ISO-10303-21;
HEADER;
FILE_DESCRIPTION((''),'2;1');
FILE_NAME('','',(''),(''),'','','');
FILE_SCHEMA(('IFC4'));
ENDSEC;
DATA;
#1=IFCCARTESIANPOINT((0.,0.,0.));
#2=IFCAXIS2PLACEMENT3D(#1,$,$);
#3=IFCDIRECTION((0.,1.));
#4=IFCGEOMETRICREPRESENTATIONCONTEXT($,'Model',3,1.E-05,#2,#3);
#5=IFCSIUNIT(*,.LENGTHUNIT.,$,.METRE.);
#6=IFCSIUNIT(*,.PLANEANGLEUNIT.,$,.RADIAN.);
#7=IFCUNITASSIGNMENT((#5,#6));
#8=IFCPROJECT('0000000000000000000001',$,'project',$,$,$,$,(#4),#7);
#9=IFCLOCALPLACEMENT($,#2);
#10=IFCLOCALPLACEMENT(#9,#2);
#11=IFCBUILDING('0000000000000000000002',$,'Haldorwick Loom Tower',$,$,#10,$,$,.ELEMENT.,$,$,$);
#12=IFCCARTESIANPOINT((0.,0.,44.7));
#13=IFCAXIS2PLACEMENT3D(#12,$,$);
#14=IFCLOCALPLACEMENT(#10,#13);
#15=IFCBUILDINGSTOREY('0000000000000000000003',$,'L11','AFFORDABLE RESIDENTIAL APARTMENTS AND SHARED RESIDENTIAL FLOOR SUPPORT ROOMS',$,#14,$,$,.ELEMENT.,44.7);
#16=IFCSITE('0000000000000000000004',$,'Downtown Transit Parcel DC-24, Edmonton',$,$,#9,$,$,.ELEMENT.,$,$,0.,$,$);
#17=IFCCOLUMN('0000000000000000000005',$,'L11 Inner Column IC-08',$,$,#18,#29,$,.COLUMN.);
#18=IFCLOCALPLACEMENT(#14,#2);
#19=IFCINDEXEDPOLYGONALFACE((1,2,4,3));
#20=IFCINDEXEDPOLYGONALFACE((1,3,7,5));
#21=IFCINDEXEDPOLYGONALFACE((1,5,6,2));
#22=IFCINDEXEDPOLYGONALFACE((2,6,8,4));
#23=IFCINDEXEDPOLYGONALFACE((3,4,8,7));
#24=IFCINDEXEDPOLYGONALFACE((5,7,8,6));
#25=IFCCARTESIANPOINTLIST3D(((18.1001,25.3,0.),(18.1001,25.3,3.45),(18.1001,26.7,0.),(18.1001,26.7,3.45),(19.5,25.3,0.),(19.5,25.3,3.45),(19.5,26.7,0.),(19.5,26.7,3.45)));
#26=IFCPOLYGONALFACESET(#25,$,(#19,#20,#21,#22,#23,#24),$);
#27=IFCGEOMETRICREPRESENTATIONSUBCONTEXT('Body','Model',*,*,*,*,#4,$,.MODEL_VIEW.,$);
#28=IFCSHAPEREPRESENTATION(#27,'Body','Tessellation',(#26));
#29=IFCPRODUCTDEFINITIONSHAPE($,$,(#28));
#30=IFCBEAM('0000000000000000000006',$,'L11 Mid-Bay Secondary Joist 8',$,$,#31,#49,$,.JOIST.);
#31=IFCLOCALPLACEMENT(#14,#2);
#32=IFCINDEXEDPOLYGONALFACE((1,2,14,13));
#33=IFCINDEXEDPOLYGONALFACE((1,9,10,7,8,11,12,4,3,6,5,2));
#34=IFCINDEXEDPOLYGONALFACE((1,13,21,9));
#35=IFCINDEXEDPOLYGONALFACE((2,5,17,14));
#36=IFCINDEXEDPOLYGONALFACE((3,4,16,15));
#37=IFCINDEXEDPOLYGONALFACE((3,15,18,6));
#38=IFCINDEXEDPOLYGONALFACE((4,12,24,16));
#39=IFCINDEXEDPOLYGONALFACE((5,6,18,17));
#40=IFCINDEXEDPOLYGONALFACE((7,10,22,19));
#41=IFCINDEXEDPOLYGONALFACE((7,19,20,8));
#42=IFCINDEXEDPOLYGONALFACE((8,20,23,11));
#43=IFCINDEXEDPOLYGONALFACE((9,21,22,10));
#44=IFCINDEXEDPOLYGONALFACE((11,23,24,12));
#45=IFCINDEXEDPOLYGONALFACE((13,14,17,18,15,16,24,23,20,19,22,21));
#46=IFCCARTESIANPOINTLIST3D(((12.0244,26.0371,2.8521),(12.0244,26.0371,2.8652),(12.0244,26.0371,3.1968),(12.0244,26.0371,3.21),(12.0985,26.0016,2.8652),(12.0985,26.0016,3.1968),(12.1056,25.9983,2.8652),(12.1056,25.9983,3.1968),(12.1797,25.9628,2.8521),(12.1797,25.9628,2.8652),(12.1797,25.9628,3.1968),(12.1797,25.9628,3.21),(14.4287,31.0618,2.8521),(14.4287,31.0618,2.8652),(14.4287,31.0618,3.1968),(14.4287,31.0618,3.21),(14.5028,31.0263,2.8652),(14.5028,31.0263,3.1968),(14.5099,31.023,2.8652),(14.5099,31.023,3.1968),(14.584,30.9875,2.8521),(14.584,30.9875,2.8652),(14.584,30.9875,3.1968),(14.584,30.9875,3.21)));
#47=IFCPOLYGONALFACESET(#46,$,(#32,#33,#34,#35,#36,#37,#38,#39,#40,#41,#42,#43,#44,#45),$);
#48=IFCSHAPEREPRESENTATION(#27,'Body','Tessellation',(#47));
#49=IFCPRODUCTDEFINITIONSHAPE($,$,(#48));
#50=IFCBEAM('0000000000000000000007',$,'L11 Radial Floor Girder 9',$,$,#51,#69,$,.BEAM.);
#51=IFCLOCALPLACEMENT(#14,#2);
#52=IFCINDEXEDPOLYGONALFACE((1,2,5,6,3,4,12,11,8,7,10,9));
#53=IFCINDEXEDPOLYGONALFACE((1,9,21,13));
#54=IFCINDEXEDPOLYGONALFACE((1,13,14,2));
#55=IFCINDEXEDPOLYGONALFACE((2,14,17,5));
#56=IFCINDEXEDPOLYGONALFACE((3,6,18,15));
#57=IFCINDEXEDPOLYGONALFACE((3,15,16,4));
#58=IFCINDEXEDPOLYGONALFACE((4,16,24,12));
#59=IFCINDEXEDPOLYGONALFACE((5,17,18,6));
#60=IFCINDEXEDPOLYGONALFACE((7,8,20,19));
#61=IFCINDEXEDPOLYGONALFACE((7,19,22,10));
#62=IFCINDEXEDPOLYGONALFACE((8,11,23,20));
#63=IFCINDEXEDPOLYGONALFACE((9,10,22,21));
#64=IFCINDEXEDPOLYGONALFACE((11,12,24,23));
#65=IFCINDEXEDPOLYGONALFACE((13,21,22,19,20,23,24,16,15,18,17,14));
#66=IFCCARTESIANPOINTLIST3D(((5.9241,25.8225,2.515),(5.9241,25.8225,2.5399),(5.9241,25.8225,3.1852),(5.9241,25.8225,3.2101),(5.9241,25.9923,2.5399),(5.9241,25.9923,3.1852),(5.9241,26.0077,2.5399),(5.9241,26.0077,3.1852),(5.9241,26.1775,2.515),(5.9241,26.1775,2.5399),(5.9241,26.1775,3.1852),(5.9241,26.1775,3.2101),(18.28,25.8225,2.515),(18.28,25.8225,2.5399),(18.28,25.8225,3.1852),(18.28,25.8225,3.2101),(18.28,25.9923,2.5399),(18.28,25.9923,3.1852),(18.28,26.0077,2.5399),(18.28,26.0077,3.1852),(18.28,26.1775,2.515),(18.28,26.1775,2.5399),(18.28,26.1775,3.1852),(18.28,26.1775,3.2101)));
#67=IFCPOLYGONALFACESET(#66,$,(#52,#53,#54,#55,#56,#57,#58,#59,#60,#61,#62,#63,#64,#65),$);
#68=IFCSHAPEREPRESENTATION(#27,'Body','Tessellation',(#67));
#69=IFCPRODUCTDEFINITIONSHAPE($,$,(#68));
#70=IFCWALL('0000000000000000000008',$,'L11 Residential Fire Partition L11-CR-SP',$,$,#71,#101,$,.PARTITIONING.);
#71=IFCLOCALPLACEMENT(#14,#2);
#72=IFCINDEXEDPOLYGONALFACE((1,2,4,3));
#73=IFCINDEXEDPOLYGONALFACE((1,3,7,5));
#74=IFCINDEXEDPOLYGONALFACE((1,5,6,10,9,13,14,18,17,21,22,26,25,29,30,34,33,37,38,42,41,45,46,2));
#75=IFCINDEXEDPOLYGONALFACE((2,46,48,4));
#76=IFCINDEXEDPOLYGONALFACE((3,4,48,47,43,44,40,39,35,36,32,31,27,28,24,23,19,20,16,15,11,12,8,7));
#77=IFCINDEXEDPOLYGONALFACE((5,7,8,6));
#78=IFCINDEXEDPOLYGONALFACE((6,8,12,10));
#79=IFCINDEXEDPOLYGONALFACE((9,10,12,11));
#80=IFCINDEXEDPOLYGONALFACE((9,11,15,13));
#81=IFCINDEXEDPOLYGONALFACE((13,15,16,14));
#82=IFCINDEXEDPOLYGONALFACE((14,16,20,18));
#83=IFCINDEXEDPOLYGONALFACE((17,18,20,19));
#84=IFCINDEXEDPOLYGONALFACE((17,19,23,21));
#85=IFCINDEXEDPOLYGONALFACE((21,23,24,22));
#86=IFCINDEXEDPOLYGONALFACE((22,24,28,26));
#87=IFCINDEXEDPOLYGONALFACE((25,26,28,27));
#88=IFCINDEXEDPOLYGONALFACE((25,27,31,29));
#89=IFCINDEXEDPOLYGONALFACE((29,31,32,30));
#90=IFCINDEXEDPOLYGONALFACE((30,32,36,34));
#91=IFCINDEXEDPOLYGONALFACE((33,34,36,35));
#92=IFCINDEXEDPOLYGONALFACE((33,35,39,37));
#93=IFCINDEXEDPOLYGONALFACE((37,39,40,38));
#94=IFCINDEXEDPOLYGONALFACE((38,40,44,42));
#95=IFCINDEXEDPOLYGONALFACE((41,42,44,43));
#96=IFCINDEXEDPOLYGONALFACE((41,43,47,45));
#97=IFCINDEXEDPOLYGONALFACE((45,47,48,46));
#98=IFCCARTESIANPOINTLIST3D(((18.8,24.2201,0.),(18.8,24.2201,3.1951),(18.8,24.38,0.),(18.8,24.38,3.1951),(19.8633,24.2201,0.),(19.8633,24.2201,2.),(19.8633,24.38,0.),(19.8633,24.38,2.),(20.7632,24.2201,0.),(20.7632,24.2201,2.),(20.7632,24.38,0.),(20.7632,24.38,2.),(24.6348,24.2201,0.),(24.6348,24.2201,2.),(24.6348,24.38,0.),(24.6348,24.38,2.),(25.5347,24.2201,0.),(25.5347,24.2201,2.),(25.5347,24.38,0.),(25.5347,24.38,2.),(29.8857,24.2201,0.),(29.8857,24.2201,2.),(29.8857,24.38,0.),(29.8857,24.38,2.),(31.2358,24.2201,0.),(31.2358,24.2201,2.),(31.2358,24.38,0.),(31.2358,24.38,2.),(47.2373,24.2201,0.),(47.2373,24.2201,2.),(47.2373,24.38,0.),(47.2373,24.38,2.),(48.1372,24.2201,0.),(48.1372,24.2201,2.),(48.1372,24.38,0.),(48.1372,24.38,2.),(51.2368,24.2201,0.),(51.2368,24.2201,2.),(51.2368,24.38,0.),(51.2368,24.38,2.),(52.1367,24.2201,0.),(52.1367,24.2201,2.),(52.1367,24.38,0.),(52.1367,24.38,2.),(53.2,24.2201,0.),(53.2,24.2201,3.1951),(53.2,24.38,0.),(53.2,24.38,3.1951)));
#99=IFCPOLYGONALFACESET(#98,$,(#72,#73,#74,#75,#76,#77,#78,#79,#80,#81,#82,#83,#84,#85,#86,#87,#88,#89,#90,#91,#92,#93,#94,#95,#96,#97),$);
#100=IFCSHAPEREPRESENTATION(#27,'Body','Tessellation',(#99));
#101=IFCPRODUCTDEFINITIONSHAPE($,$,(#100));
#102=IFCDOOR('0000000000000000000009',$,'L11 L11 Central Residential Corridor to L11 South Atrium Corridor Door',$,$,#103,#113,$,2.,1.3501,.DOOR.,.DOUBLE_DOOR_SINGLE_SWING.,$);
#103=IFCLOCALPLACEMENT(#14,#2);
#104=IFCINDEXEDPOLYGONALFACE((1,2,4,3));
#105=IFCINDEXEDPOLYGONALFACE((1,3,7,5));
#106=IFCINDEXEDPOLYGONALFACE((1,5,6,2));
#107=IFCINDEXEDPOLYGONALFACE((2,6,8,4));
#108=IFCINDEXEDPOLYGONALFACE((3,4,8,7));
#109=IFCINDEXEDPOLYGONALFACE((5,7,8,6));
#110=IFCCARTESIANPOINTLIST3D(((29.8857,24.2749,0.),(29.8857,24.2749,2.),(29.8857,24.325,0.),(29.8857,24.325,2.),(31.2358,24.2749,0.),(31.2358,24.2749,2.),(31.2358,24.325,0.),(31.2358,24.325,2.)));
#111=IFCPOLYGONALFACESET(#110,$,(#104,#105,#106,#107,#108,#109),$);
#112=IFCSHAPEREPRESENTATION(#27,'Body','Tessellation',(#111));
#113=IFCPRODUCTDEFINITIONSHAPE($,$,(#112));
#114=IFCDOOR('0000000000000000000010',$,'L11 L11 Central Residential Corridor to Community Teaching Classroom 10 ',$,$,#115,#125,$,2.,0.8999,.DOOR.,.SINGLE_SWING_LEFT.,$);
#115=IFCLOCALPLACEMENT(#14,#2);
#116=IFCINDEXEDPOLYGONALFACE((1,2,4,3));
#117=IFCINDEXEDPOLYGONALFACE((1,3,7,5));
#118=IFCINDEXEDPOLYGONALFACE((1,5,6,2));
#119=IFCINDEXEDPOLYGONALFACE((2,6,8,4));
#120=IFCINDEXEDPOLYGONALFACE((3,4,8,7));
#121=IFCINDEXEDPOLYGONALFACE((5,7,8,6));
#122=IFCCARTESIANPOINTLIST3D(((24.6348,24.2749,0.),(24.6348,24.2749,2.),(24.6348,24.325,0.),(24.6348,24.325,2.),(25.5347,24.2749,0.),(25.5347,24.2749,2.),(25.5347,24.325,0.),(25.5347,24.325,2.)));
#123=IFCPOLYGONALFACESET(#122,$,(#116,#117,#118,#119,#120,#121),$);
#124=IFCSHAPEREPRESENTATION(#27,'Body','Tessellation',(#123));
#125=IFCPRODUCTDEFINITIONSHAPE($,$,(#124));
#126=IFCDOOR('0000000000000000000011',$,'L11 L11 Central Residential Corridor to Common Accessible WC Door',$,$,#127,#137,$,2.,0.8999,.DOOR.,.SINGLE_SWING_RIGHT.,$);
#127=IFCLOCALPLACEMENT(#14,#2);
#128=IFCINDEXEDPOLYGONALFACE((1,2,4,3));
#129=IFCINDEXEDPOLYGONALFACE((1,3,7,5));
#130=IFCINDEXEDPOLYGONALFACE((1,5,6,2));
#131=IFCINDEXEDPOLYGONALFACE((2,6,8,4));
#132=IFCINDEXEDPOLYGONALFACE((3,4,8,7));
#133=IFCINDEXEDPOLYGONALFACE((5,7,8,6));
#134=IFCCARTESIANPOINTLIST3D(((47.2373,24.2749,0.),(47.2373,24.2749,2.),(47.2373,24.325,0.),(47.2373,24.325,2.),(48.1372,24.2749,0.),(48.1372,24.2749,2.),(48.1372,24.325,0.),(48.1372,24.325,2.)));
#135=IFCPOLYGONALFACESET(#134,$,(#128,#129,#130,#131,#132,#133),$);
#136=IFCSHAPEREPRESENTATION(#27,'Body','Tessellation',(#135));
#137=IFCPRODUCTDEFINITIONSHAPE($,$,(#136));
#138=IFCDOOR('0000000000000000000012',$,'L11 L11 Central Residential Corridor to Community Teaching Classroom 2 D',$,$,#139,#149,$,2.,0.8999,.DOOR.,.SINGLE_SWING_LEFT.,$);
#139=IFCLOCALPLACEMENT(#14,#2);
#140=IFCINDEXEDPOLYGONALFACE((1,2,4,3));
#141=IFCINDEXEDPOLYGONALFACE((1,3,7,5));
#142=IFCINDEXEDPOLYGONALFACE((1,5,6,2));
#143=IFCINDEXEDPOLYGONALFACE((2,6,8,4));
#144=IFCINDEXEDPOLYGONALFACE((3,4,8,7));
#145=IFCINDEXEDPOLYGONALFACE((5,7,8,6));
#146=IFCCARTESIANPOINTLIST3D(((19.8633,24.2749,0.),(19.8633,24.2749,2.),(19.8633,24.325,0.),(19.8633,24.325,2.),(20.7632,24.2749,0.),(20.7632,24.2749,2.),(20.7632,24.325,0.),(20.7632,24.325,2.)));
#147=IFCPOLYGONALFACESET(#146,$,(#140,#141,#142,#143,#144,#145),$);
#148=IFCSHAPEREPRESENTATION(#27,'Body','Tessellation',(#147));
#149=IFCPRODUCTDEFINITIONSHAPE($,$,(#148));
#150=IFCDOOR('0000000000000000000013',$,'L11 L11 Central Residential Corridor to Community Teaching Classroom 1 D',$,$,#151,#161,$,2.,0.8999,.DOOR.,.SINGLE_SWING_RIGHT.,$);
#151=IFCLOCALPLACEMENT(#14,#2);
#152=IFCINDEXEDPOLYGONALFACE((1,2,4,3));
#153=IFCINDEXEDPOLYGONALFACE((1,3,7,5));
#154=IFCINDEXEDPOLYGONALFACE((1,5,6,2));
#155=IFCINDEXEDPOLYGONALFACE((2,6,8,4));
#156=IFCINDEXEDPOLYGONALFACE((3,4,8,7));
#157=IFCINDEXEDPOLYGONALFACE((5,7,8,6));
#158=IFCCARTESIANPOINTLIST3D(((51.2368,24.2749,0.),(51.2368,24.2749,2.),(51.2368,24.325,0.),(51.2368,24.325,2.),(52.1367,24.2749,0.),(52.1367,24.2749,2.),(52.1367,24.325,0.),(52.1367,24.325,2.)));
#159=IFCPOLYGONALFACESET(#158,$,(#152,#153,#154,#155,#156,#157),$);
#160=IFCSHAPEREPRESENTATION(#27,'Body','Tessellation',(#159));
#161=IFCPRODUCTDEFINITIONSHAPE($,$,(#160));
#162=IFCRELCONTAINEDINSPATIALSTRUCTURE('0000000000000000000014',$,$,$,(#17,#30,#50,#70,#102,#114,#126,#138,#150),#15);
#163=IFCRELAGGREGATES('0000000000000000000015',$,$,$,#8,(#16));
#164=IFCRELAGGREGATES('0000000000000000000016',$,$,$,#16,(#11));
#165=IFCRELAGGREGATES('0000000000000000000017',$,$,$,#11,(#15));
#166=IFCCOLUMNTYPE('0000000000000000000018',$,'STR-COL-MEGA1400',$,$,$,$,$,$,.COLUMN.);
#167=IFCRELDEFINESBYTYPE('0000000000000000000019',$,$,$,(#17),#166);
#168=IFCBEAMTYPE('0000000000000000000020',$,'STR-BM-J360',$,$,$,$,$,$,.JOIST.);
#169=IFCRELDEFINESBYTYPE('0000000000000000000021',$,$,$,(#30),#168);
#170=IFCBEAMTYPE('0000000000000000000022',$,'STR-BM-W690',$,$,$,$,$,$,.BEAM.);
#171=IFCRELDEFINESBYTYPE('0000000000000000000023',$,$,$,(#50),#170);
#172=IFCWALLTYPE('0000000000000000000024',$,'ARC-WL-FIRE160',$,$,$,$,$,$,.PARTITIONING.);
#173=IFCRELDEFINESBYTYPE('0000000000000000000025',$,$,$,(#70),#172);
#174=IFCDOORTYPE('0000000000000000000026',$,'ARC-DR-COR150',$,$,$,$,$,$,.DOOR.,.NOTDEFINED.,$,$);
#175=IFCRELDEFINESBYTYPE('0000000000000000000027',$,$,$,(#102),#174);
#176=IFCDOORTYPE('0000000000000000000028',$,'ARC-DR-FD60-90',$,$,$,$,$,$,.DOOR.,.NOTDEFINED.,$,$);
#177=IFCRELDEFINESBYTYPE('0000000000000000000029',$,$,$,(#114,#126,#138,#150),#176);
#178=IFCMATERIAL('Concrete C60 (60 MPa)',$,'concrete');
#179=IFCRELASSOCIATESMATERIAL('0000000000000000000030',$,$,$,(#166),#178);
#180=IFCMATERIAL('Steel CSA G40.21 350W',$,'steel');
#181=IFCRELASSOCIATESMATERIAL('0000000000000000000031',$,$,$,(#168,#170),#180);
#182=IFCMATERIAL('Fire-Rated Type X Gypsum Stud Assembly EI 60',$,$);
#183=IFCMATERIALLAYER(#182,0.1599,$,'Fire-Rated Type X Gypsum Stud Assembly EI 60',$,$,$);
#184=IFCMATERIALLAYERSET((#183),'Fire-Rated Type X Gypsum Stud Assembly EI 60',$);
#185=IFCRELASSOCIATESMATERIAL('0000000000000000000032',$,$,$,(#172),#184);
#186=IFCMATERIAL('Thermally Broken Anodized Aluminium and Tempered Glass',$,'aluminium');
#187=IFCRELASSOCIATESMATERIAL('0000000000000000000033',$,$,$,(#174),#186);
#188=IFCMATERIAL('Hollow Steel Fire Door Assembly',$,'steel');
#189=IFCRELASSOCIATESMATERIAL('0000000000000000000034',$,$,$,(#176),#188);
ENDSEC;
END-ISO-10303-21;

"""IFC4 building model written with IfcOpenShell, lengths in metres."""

from ifc_helpers import new_model, si_unit, direction, frame, frame_2d, origin, origin_2d, place, context, subcontext, project, spatial, rectangle, i_section, extrude, material, layer, layer_set, material_profile, profile_set, type_object, element, fill, save


model = new_model("IFC4")

# Units and contexts
model_context = context("Model", 3, precision=1e-05, world=origin(), true_north=direction((0.0, 1.0)))
body_context = subcontext(model_context, "Body", "Model", "MODEL_VIEW")
ifc_project = project(units=[si_unit("LENGTHUNIT", "METRE"), si_unit("PLANEANGLEUNIT", "RADIAN")], contexts=[model_context])

# Site, building, storey
site_placement = place(None, origin())
site = spatial("IfcSite", under=ifc_project, at=site_placement, Name="Downtown Transit Parcel DC-24, Edmonton", CompositionType="ELEMENT", RefElevation=0.0)
building_placement = place(site_placement, origin())
building = spatial("IfcBuilding", under=site, at=building_placement, Name="Haldorwick Loom Tower", CompositionType="ELEMENT")
storey_placement = place(building_placement, frame((0.0, 0.0, 44.7)))
storey = spatial("IfcBuildingStorey", under=building, at=storey_placement, Name="L11", Description="AFFORDABLE RESIDENTIAL APARTMENTS AND SHARED RESIDENTIAL FLOOR SUPPORT ROOMS", CompositionType="ELEMENT", Elevation=44.7)

# Column
ifc_material_1 = material(Name="Concrete C60 (60 MPa)", Category="concrete")
ifc_material_profile_1 = material_profile(ifc_material_1, rectangle(XDim=1.3999, YDim=1.3999, at=origin_2d()), Name="RC1400X1400", Category="concrete")
ifc_profile_set_1 = profile_set([ifc_material_profile_1], Name="Concrete C60 (60 MPa)")
column_type = type_object("IfcColumnType", Name="STR-COL-MEGA1400", PredefinedType="COLUMN", material=ifc_profile_set_1)
column_placement = place(storey_placement, frame((18.8, 26.0, 0.0), z_axis=(0.0, 0.0, 1.0), x_axis=(1.0, 0.0, 0.0)))
element("IfcColumn", 1, at=column_placement, inside=storey, type_object=column_type, Name="L11 Inner Column IC-08", PredefinedType="COLUMN", context=body_context, shape_type="SweptSolid", body=[
    extrude(rectangle(XDim=1.3999, YDim=1.3999, at=origin_2d()), origin(), (0.0, 0.0, 1.0), 3.45),
])

# Beams
ifc_material_2 = material(Name="Steel CSA G40.21 350W", Category="steel")
ifc_material_profile_2 = material_profile(ifc_material_2, i_section(OverallWidth=0.1721, OverallDepth=0.3579, WebThickness=0.0078, FlangeThickness=0.0132, at=origin_2d()), Name="W360X57", Category="steel")
ifc_profile_set_2 = profile_set([ifc_material_profile_2], Name="Steel CSA G40.21 350W")
beam_type_1 = type_object("IfcBeamType", Name="STR-BM-J360", PredefinedType="JOIST", material=ifc_profile_set_2)
beam_1_placement = place(storey_placement, frame((14.5063, 31.0247, 3.031), z_axis=(-0.431631, -0.90205, 0.0), x_axis=(0.90205, -0.431631, 0.0)))
element("IfcBeam", 2, at=beam_1_placement, inside=storey, type_object=beam_type_1, Name="L11 Mid-Bay Secondary Joist 8", PredefinedType="JOIST", context=body_context, shape_type="SweptSolid", body=[
    extrude(i_section(OverallWidth=0.1721, OverallDepth=0.3579, WebThickness=0.0078, FlangeThickness=0.0132, at=origin_2d()), origin(), (0.0, 0.0, 1.0), 5.5703),
])
ifc_material_profile_3 = material_profile(ifc_material_2, i_section(OverallWidth=0.355, OverallDepth=0.6951, WebThickness=0.0154, FlangeThickness=0.0249, at=origin_2d()), Name="W690X217", Category="steel")
ifc_profile_set_3 = profile_set([ifc_material_profile_3], Name="Steel CSA G40.21 350W")
beam_type_2 = type_object("IfcBeamType", Name="STR-BM-W690", PredefinedType="BEAM", material=ifc_profile_set_3)
beam_2_placement = place(storey_placement, frame((18.28, 26.0, 2.8625), z_axis=(-1.0, 0.0, 0.0), x_axis=(0.0, -1.0, 0.0)))
element("IfcBeam", 3, at=beam_2_placement, inside=storey, type_object=beam_type_2, Name="L11 Radial Floor Girder 9", PredefinedType="BEAM", context=body_context, shape_type="SweptSolid", body=[
    extrude(i_section(OverallWidth=0.355, OverallDepth=0.6951, WebThickness=0.0154, FlangeThickness=0.0249, at=origin_2d()), origin(), (0.0, 0.0, 1.0), 12.356),
])

# Wall, openings, doors
ifc_material_3 = material(Name="Fire-Rated Type X Gypsum Stud Assembly EI 60")
ifc_layer_1 = layer(ifc_material_3, 0.1599, Name="Fire-Rated Type X Gypsum Stud Assembly EI 60")
ifc_layer_set_1 = layer_set([ifc_layer_1], Name="Fire-Rated Type X Gypsum Stud Assembly EI 60")
wall_type_1 = type_object("IfcWallType", Name="ARC-WL-FIRE160", PredefinedType="PARTITIONING", material=ifc_layer_set_1)
wall_1_placement = place(storey_placement, frame((18.8, 24.3, 0.0), z_axis=(0.0, 0.0, 1.0), x_axis=(1.0, 0.0, 0.0)))
wall_1 = element("IfcWall", 4, at=wall_1_placement, inside=storey, type_object=wall_type_1, Name="L11 Residential Fire Partition L11-CR-SP", PredefinedType="PARTITIONING", context=body_context, shape_type="SweptSolid", body=[
    extrude(rectangle(XDim=34.3999, YDim=0.1599, at=frame_2d((17.2, 0.0))), origin(), (0.0, 0.0, 1.0), 3.1951),
])
opening_1_placement = place(wall_1_placement, frame((11.0857, 0.0, 0.0)))
opening_1 = element("IfcOpeningElement", 5, at=opening_1_placement, cuts=wall_1, PredefinedType="OPENING", context=body_context, shape_type="SweptSolid", body=[
    extrude(rectangle(XDim=1.3501, YDim=2.0, at=frame_2d((0.675, 1.0))), frame((0.0, 0.0898, 0.0), z_axis=(0.0, -1.0, 0.0), x_axis=(1.0, 0.0, 0.0)), (0.0, 0.0, 1.0), 0.1799),
])
opening_2_placement = place(wall_1_placement, frame((5.8347, 0.0, 0.0)))
opening_2 = element("IfcOpeningElement", 6, at=opening_2_placement, cuts=wall_1, PredefinedType="OPENING", context=body_context, shape_type="SweptSolid", body=[
    extrude(rectangle(XDim=0.8999, YDim=2.0, at=frame_2d((0.45, 1.0))), frame((0.0, 0.0898, 0.0), z_axis=(0.0, -1.0, 0.0), x_axis=(1.0, 0.0, 0.0)), (0.0, 0.0, 1.0), 0.1799),
])
opening_3_placement = place(wall_1_placement, frame((28.4373, 0.0, 0.0)))
opening_3 = element("IfcOpeningElement", 7, at=opening_3_placement, cuts=wall_1, PredefinedType="OPENING", context=body_context, shape_type="SweptSolid", body=[
    extrude(rectangle(XDim=0.8999, YDim=2.0, at=frame_2d((0.45, 1.0))), frame((0.0, 0.0898, 0.0), z_axis=(0.0, -1.0, 0.0), x_axis=(1.0, 0.0, 0.0)), (0.0, 0.0, 1.0), 0.1799),
])
opening_4_placement = place(wall_1_placement, frame((1.0632, 0.0, 0.0)))
opening_4 = element("IfcOpeningElement", 8, at=opening_4_placement, cuts=wall_1, PredefinedType="OPENING", context=body_context, shape_type="SweptSolid", body=[
    extrude(rectangle(XDim=0.8999, YDim=2.0, at=frame_2d((0.45, 1.0))), frame((0.0, 0.0898, 0.0), z_axis=(0.0, -1.0, 0.0), x_axis=(1.0, 0.0, 0.0)), (0.0, 0.0, 1.0), 0.1799),
])
opening_5_placement = place(wall_1_placement, frame((32.4368, 0.0, 0.0)))
opening_5 = element("IfcOpeningElement", 9, at=opening_5_placement, cuts=wall_1, PredefinedType="OPENING", context=body_context, shape_type="SweptSolid", body=[
    extrude(rectangle(XDim=0.8999, YDim=2.0, at=frame_2d((0.45, 1.0))), frame((0.0, 0.0898, 0.0), z_axis=(0.0, -1.0, 0.0), x_axis=(1.0, 0.0, 0.0)), (0.0, 0.0, 1.0), 0.1799),
])
ifc_material_4 = material(Name="Thermally Broken Anodized Aluminium and Tempered Glass", Category="aluminium")
door_type_1 = type_object("IfcDoorType", Name="ARC-DR-COR150", OperationType="NOTDEFINED", PredefinedType="DOOR", material=ifc_material_4)
door_1_placement = place(opening_1_placement, origin())
door_1 = element("IfcDoor", 10, at=door_1_placement, inside=storey, type_object=door_type_1, Name="L11 L11 Central Residential Corridor to L11 South Atrium Corridor Door", OperationType="DOUBLE_DOOR_SINGLE_SWING", OverallHeight=2.0, OverallWidth=1.3501, PredefinedType="DOOR", context=body_context, shape_type="SweptSolid", body=[
    extrude(rectangle(XDim=1.3501, YDim=2.0, at=frame_2d((0.675, 1.0))), frame((0.0, 0.0249, 0.0), z_axis=(0.0, -1.0, 0.0), x_axis=(1.0, 0.0, 0.0)), (0.0, 0.0, 1.0), 0.05),
])
fill(opening_1, door_1)
ifc_material_5 = material(Name="Hollow Steel Fire Door Assembly", Category="steel")
door_type_2 = type_object("IfcDoorType", Name="ARC-DR-FD60-90", OperationType="NOTDEFINED", PredefinedType="DOOR", material=ifc_material_5)
door_2_placement = place(opening_2_placement, origin())
door_2 = element("IfcDoor", 11, at=door_2_placement, inside=storey, type_object=door_type_2, Name="L11 L11 Central Residential Corridor to Community Teaching Classroom 10 ", OperationType="SINGLE_SWING_LEFT", OverallHeight=2.0, OverallWidth=0.8999, PredefinedType="DOOR", context=body_context, shape_type="SweptSolid", body=[
    extrude(rectangle(XDim=0.8999, YDim=2.0, at=frame_2d((0.45, 1.0))), frame((0.0, 0.0249, 0.0), z_axis=(0.0, -1.0, 0.0), x_axis=(1.0, 0.0, 0.0)), (0.0, 0.0, 1.0), 0.05),
])
fill(opening_2, door_2)
door_3_placement = place(opening_3_placement, origin())
door_3 = element("IfcDoor", 12, at=door_3_placement, inside=storey, type_object=door_type_2, Name="L11 L11 Central Residential Corridor to Common Accessible WC Door", OperationType="SINGLE_SWING_RIGHT", OverallHeight=2.0, OverallWidth=0.8999, PredefinedType="DOOR", context=body_context, shape_type="SweptSolid", body=[
    extrude(rectangle(XDim=0.8999, YDim=2.0, at=frame_2d((0.45, 1.0))), frame((0.0, 0.0249, 0.0), z_axis=(0.0, -1.0, 0.0), x_axis=(1.0, 0.0, 0.0)), (0.0, 0.0, 1.0), 0.05),
])
fill(opening_3, door_3)
door_4_placement = place(opening_4_placement, origin())
door_4 = element("IfcDoor", 13, at=door_4_placement, inside=storey, type_object=door_type_2, Name="L11 L11 Central Residential Corridor to Community Teaching Classroom 2 D", OperationType="SINGLE_SWING_LEFT", OverallHeight=2.0, OverallWidth=0.8999, PredefinedType="DOOR", context=body_context, shape_type="SweptSolid", body=[
    extrude(rectangle(XDim=0.8999, YDim=2.0, at=frame_2d((0.45, 1.0))), frame((0.0, 0.0249, 0.0), z_axis=(0.0, -1.0, 0.0), x_axis=(1.0, 0.0, 0.0)), (0.0, 0.0, 1.0), 0.05),
])
fill(opening_4, door_4)
door_5_placement = place(opening_5_placement, origin())
door_5 = element("IfcDoor", 14, at=door_5_placement, inside=storey, type_object=door_type_2, Name="L11 L11 Central Residential Corridor to Community Teaching Classroom 1 D", OperationType="SINGLE_SWING_RIGHT", OverallHeight=2.0, OverallWidth=0.8999, PredefinedType="DOOR", context=body_context, shape_type="SweptSolid", body=[
    extrude(rectangle(XDim=0.8999, YDim=2.0, at=frame_2d((0.45, 1.0))), frame((0.0, 0.0249, 0.0), z_axis=(0.0, -1.0, 0.0), x_axis=(1.0, 0.0, 0.0)), (0.0, 0.0, 1.0), 0.05),
])
fill(opening_5, door_5)

save(model, "model.ifc")
